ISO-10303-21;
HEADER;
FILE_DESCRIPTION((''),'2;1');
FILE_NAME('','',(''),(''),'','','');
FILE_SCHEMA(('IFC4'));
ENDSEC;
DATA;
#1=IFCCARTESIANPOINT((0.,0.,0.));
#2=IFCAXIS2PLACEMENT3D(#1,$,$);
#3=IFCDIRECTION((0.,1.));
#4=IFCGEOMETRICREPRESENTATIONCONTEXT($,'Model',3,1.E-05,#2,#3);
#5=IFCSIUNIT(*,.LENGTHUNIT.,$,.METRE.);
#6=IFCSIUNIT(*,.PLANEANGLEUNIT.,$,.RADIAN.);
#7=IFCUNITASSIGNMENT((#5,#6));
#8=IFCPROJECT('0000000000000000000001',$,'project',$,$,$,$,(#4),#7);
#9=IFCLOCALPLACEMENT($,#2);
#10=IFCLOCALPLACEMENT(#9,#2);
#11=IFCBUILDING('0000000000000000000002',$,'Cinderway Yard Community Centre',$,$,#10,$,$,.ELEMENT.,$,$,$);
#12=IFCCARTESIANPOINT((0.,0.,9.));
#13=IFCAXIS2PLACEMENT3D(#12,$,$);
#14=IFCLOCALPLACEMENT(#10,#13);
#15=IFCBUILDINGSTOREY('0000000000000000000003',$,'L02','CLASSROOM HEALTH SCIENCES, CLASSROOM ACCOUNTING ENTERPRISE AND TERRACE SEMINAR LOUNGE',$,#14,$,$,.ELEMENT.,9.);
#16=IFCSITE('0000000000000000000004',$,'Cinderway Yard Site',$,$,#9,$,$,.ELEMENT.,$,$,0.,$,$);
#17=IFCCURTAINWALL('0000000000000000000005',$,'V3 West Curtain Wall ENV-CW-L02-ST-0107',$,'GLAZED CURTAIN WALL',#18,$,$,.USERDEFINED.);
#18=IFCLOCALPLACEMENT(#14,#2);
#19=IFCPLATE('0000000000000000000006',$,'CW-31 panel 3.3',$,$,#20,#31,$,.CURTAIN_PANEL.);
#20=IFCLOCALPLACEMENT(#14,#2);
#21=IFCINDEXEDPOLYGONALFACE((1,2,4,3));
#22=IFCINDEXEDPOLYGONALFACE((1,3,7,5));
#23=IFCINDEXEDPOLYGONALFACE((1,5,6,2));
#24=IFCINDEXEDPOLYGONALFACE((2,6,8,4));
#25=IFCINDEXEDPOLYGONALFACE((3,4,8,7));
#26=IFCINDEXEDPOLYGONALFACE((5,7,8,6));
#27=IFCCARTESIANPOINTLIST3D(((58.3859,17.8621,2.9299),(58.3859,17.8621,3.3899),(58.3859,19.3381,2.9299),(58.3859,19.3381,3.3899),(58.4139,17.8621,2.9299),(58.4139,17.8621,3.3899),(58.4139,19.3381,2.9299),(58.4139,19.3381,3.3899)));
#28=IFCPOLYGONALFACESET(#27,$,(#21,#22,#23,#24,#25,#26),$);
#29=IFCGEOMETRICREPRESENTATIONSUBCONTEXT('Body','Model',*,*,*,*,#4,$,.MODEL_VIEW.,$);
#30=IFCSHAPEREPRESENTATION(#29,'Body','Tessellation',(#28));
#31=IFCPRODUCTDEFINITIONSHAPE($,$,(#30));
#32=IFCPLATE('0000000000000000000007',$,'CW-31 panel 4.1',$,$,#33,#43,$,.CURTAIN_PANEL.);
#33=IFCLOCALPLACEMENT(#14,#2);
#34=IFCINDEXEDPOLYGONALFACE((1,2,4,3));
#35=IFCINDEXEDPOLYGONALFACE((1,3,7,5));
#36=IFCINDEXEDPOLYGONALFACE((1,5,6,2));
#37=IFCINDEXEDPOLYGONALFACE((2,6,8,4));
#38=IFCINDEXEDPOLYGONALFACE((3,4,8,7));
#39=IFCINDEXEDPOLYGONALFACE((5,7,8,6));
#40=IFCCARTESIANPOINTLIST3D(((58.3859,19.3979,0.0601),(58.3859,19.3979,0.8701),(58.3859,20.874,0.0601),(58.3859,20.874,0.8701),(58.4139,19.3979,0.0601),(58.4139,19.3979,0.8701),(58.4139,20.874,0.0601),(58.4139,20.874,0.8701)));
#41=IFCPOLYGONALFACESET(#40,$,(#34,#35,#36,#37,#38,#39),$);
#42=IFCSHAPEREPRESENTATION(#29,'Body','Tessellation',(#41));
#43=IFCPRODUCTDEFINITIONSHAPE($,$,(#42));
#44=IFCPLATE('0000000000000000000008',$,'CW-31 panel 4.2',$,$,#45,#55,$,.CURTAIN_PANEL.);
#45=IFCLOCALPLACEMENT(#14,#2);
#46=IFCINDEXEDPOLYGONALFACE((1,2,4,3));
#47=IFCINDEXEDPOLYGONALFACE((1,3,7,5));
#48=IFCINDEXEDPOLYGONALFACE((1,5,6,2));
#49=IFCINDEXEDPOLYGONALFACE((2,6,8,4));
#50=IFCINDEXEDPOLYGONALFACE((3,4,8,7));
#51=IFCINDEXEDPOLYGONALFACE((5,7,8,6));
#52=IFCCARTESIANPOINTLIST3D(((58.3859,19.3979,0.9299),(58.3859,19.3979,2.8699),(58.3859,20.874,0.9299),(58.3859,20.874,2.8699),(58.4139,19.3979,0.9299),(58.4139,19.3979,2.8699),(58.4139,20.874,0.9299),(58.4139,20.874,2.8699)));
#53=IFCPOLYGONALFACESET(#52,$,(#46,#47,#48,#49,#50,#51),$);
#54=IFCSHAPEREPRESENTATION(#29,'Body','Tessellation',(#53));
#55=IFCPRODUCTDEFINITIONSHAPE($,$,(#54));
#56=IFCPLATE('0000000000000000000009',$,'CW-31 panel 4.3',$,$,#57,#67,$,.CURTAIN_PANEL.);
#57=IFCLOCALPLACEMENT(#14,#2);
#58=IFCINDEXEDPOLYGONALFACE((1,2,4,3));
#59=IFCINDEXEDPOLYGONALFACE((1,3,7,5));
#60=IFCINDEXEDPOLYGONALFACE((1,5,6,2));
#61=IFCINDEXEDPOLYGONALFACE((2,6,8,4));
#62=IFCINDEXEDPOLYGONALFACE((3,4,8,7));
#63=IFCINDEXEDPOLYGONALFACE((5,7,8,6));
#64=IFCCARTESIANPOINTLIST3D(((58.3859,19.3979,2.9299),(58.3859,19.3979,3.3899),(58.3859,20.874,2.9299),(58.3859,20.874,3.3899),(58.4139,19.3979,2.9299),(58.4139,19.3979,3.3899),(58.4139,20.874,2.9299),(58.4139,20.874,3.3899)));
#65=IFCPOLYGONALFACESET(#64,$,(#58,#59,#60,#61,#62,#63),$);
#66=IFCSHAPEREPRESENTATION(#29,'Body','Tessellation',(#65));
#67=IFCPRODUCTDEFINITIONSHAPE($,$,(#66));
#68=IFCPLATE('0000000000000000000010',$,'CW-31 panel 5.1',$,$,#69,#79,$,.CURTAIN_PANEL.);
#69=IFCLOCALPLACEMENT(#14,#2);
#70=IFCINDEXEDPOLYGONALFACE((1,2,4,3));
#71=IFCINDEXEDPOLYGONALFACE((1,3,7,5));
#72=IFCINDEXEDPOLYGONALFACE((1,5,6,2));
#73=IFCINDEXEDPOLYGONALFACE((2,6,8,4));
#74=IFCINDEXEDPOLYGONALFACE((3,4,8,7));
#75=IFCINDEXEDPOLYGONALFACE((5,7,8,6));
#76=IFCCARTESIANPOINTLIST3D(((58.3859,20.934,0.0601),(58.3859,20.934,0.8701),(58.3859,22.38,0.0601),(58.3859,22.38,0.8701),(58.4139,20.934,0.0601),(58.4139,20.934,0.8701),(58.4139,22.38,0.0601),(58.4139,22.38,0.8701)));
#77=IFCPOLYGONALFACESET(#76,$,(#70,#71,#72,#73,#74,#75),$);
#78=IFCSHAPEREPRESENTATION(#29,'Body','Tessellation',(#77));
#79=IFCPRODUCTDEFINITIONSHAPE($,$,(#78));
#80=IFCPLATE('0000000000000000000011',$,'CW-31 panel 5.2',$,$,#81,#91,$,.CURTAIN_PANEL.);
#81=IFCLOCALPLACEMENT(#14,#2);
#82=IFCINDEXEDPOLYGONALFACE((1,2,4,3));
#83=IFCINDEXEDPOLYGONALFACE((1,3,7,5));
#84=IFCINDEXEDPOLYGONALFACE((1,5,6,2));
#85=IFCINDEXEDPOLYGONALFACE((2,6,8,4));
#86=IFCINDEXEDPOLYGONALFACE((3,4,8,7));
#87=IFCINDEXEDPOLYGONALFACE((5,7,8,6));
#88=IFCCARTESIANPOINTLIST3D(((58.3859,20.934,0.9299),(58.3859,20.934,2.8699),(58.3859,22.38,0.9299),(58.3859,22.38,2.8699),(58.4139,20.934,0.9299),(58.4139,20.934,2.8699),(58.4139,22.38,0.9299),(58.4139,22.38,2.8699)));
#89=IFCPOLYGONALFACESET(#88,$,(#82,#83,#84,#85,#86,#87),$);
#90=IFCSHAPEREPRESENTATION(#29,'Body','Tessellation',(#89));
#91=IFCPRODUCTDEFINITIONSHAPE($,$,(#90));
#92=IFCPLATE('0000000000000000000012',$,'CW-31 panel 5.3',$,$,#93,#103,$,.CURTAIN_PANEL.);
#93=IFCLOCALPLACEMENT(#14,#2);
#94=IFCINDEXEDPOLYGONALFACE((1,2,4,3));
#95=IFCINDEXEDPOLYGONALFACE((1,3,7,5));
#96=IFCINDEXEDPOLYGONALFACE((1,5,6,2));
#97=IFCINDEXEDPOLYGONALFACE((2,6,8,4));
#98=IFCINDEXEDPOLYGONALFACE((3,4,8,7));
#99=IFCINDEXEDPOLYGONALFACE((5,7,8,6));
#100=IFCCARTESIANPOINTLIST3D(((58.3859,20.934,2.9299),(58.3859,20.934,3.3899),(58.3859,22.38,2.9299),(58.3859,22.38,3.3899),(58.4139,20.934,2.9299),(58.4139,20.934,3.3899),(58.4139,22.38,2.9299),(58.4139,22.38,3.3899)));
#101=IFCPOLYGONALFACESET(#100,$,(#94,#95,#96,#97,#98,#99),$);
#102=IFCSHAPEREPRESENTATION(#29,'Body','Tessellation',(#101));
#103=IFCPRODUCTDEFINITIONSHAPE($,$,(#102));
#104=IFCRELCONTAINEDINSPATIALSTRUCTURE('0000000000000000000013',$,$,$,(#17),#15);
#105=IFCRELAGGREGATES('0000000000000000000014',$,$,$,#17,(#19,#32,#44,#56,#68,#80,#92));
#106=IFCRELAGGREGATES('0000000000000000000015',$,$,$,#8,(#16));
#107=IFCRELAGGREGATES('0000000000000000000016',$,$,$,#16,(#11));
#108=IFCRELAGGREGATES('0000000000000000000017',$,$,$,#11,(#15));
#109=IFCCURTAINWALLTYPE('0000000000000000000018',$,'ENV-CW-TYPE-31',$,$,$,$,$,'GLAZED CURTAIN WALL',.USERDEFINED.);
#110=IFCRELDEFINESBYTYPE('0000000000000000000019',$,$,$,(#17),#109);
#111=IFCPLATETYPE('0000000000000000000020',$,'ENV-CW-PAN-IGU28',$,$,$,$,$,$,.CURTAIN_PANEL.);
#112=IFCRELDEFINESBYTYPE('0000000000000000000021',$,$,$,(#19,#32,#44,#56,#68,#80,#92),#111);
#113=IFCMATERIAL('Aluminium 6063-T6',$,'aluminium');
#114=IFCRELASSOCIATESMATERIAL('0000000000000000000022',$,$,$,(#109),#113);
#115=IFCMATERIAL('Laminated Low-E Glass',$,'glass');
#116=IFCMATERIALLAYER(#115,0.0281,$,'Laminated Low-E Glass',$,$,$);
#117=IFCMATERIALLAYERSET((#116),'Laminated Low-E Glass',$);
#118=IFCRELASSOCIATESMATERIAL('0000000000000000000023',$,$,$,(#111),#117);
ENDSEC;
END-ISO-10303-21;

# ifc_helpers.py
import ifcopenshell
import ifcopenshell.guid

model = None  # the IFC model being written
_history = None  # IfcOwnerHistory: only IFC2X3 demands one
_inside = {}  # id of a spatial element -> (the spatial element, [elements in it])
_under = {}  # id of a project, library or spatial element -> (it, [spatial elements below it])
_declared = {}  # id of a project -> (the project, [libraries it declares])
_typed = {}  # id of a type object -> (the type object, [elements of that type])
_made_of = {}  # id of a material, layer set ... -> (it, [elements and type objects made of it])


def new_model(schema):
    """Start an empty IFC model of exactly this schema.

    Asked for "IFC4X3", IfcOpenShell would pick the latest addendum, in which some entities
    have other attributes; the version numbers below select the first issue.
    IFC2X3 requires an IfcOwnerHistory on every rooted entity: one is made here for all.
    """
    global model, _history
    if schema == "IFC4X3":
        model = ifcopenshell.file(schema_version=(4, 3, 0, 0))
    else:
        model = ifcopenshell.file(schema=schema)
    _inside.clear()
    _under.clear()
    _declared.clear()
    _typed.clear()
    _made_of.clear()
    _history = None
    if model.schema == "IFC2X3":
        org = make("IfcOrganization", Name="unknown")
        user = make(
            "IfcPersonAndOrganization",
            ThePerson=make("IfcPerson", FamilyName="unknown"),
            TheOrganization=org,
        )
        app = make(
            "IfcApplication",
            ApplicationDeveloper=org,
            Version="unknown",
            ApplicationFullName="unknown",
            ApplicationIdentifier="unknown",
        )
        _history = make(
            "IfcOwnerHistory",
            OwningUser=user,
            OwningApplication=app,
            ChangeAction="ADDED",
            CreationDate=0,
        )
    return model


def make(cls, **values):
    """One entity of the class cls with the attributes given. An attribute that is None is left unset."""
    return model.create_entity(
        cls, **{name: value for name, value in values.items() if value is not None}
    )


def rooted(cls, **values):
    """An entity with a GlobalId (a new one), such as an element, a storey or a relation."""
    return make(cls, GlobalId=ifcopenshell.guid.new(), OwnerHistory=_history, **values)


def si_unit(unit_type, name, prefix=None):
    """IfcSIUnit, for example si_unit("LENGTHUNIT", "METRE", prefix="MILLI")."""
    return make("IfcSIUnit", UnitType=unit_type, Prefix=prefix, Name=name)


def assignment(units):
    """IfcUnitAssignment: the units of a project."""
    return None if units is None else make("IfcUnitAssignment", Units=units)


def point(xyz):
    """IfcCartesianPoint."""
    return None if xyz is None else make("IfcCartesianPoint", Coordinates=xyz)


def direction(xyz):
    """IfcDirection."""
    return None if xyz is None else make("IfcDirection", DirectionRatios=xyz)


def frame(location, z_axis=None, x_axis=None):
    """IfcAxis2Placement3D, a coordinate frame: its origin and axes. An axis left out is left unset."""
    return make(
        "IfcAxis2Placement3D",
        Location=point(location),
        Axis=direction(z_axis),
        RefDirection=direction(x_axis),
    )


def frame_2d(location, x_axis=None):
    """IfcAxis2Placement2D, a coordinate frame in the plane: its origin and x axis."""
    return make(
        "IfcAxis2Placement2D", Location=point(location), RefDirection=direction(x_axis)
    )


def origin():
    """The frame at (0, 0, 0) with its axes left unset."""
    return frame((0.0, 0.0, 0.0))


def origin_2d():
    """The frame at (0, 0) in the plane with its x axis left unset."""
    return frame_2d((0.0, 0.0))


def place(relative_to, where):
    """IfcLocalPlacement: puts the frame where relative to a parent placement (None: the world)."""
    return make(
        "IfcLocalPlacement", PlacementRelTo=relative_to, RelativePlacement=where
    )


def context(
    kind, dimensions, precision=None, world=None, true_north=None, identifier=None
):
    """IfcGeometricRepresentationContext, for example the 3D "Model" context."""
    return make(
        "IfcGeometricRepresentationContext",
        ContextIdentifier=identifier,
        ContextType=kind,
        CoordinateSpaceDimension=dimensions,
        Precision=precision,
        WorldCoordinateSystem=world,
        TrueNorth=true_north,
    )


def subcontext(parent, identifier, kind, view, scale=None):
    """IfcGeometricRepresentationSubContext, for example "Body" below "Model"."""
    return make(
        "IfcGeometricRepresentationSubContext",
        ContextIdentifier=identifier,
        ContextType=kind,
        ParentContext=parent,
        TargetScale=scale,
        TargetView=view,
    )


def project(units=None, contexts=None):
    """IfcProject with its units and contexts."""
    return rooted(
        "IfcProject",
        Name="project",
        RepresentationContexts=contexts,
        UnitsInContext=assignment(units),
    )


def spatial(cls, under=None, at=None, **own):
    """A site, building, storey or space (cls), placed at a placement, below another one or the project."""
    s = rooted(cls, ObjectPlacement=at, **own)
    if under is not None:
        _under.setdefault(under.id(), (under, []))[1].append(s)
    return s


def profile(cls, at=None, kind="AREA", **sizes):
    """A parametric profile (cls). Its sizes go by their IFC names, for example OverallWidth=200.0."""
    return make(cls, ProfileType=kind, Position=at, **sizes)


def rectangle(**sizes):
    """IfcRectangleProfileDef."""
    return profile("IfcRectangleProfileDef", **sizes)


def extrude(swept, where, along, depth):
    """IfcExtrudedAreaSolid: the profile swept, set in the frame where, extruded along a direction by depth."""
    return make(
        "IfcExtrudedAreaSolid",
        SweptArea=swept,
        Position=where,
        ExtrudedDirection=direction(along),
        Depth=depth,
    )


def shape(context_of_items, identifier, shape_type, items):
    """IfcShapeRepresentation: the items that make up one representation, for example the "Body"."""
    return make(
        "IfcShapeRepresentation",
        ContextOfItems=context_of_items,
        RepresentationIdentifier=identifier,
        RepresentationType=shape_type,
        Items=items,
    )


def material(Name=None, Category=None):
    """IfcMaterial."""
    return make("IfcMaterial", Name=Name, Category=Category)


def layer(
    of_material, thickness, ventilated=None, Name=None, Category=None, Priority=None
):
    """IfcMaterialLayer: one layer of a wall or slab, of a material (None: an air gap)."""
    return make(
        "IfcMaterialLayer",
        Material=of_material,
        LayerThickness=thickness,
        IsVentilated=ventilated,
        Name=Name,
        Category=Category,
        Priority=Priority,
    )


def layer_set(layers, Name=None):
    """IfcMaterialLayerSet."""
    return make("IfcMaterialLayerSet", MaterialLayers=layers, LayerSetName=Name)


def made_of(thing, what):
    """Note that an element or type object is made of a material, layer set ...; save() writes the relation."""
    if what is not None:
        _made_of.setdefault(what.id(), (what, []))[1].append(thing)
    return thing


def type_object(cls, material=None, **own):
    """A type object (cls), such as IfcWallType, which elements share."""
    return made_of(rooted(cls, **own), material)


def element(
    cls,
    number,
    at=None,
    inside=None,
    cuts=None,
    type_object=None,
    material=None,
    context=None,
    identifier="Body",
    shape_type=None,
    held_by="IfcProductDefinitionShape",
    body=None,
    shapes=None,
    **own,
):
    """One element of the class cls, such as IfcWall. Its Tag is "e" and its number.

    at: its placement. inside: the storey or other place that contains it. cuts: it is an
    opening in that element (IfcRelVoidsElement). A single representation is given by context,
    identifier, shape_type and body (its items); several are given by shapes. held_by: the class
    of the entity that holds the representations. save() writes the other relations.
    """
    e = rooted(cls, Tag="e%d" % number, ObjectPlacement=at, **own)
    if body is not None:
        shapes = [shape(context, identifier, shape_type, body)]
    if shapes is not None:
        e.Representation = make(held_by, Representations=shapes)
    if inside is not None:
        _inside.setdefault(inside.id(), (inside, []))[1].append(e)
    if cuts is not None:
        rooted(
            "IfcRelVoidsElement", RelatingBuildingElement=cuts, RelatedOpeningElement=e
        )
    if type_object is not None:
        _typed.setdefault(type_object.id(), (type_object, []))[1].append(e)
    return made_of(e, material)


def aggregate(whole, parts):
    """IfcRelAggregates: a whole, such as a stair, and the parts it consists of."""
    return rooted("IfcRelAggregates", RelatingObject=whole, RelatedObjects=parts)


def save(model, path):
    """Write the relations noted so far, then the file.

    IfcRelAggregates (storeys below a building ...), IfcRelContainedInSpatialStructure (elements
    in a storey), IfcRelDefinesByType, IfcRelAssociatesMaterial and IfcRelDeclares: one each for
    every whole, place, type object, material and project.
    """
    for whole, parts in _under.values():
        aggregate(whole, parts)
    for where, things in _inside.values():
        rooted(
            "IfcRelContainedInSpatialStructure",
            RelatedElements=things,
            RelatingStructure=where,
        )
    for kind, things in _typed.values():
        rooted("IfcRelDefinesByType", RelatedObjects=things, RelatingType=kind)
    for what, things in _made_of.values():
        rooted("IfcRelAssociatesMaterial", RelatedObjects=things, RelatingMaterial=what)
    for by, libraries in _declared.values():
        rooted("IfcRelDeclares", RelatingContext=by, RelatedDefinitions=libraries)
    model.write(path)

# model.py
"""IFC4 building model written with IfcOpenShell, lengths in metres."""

from ifc_helpers import new_model, si_unit, direction, frame, origin, origin_2d, place, context, subcontext, project, spatial, rectangle, extrude, material, layer, layer_set, type_object, element, aggregate, save


model = new_model("IFC4")

# Units and contexts
model_context = context("Model", 3, precision=1e-05, world=origin(), true_north=direction((0.0, 1.0)))
body_context = subcontext(model_context, "Body", "Model", "MODEL_VIEW")
ifc_project = project(units=[si_unit("LENGTHUNIT", "METRE"), si_unit("PLANEANGLEUNIT", "RADIAN")], contexts=[model_context])

# Site, building, storey
site_placement = place(None, origin())
site = spatial("IfcSite", under=ifc_project, at=site_placement, Name="Cinderway Yard Site", CompositionType="ELEMENT", RefElevation=0.0)
building_placement = place(site_placement, origin())
building = spatial("IfcBuilding", under=site, at=building_placement, Name="Cinderway Yard Community Centre", CompositionType="ELEMENT")
storey_placement = place(building_placement, frame((0.0, 0.0, 9.0)))
storey = spatial("IfcBuildingStorey", under=building, at=storey_placement, Name="L02", Description="CLASSROOM HEALTH SCIENCES, CLASSROOM ACCOUNTING ENTERPRISE AND TERRACE SEMINAR LOUNGE", CompositionType="ELEMENT", Elevation=9.0)

# Shared definitions
ifc_material_1 = material(Name="Aluminium 6063-T6", Category="aluminium")

# Curtain wall
curtain_wall_type_1 = type_object("IfcCurtainWallType", Name="ENV-CW-TYPE-31", ElementType="GLAZED CURTAIN WALL", PredefinedType="USERDEFINED", material=ifc_material_1)
curtain_wall_1_placement = place(storey_placement, origin())
curtain_wall_1 = element("IfcCurtainWall", 1, at=curtain_wall_1_placement, inside=storey, type_object=curtain_wall_type_1, Name="V3 West Curtain Wall ENV-CW-L02-ST-0107", ObjectType="GLAZED CURTAIN WALL", PredefinedType="USERDEFINED")

# Plates
ifc_material_2 = material(Name="Laminated Low-E Glass", Category="glass")
ifc_layer = layer(ifc_material_2, 0.0281, Name="Laminated Low-E Glass")
ifc_layer_set = layer_set([ifc_layer], Name="Laminated Low-E Glass")
plate_type = type_object("IfcPlateType", Name="ENV-CW-PAN-IGU28", PredefinedType="CURTAIN_PANEL", material=ifc_layer_set)
plate_1_placement = place(storey_placement, frame((58.3999, 18.6001, 2.9299), z_axis=(0.0, 0.0, 1.0), x_axis=(0.0, 1.0, 0.0)))
plate_1 = element("IfcPlate", 2, at=plate_1_placement, type_object=plate_type, Name="CW-31 panel 3.3", PredefinedType="CURTAIN_PANEL", context=body_context, shape_type="SweptSolid", body=[
    extrude(rectangle(XDim=1.4761, YDim=0.0281, at=origin_2d()), origin(), (0.0, 0.0, 1.0), 0.46),
])
plate_2_placement = place(storey_placement, frame((58.3999, 20.136, 0.0601), z_axis=(0.0, 0.0, 1.0), x_axis=(0.0, 1.0, 0.0)))
plate_2 = element("IfcPlate", 3, at=plate_2_placement, type_object=plate_type, Name="CW-31 panel 4.1", PredefinedType="CURTAIN_PANEL", context=body_context, shape_type="SweptSolid", body=[
    extrude(rectangle(XDim=1.4761, YDim=0.0281, at=origin_2d()), origin(), (0.0, 0.0, 1.0), 0.8101),
])
plate_3_placement = place(storey_placement, frame((58.3999, 20.136, 0.9299), z_axis=(0.0, 0.0, 1.0), x_axis=(0.0, 1.0, 0.0)))
plate_3 = element("IfcPlate", 4, at=plate_3_placement, type_object=plate_type, Name="CW-31 panel 4.2", PredefinedType="CURTAIN_PANEL", context=body_context, shape_type="SweptSolid", body=[
    extrude(rectangle(XDim=1.4761, YDim=0.0281, at=origin_2d()), origin(), (0.0, 0.0, 1.0), 1.9399),
])
plate_4_placement = place(storey_placement, frame((58.3999, 20.136, 2.9299), z_axis=(0.0, 0.0, 1.0), x_axis=(0.0, 1.0, 0.0)))
plate_4 = element("IfcPlate", 5, at=plate_4_placement, type_object=plate_type, Name="CW-31 panel 4.3", PredefinedType="CURTAIN_PANEL", context=body_context, shape_type="SweptSolid", body=[
    extrude(rectangle(XDim=1.4761, YDim=0.0281, at=origin_2d()), origin(), (0.0, 0.0, 1.0), 0.46),
])
plate_5_placement = place(storey_placement, frame((58.3999, 21.657, 0.0601), z_axis=(0.0, 0.0, 1.0), x_axis=(0.0, 1.0, 0.0)))
plate_5 = element("IfcPlate", 6, at=plate_5_placement, type_object=plate_type, Name="CW-31 panel 5.1", PredefinedType="CURTAIN_PANEL", context=body_context, shape_type="SweptSolid", body=[
    extrude(rectangle(XDim=1.446, YDim=0.0281, at=origin_2d()), origin(), (0.0, 0.0, 1.0), 0.8101),
])
plate_6_placement = place(storey_placement, frame((58.3999, 21.657, 0.9299), z_axis=(0.0, 0.0, 1.0), x_axis=(0.0, 1.0, 0.0)))
plate_6 = element("IfcPlate", 7, at=plate_6_placement, type_object=plate_type, Name="CW-31 panel 5.2", PredefinedType="CURTAIN_PANEL", context=body_context, shape_type="SweptSolid", body=[
    extrude(rectangle(XDim=1.446, YDim=0.0281, at=origin_2d()), origin(), (0.0, 0.0, 1.0), 1.9399),
])
plate_7_placement = place(storey_placement, frame((58.3999, 21.657, 2.9299), z_axis=(0.0, 0.0, 1.0), x_axis=(0.0, 1.0, 0.0)))
plate_7 = element("IfcPlate", 8, at=plate_7_placement, type_object=plate_type, Name="CW-31 panel 5.3", PredefinedType="CURTAIN_PANEL", context=body_context, shape_type="SweptSolid", body=[
    extrude(rectangle(XDim=1.446, YDim=0.0281, at=origin_2d()), origin(), (0.0, 0.0, 1.0), 0.46),
])
aggregate(curtain_wall_1, [plate_1, plate_2, plate_3, plate_4, plate_5, plate_6, plate_7])

save(model, "model.ifc")
